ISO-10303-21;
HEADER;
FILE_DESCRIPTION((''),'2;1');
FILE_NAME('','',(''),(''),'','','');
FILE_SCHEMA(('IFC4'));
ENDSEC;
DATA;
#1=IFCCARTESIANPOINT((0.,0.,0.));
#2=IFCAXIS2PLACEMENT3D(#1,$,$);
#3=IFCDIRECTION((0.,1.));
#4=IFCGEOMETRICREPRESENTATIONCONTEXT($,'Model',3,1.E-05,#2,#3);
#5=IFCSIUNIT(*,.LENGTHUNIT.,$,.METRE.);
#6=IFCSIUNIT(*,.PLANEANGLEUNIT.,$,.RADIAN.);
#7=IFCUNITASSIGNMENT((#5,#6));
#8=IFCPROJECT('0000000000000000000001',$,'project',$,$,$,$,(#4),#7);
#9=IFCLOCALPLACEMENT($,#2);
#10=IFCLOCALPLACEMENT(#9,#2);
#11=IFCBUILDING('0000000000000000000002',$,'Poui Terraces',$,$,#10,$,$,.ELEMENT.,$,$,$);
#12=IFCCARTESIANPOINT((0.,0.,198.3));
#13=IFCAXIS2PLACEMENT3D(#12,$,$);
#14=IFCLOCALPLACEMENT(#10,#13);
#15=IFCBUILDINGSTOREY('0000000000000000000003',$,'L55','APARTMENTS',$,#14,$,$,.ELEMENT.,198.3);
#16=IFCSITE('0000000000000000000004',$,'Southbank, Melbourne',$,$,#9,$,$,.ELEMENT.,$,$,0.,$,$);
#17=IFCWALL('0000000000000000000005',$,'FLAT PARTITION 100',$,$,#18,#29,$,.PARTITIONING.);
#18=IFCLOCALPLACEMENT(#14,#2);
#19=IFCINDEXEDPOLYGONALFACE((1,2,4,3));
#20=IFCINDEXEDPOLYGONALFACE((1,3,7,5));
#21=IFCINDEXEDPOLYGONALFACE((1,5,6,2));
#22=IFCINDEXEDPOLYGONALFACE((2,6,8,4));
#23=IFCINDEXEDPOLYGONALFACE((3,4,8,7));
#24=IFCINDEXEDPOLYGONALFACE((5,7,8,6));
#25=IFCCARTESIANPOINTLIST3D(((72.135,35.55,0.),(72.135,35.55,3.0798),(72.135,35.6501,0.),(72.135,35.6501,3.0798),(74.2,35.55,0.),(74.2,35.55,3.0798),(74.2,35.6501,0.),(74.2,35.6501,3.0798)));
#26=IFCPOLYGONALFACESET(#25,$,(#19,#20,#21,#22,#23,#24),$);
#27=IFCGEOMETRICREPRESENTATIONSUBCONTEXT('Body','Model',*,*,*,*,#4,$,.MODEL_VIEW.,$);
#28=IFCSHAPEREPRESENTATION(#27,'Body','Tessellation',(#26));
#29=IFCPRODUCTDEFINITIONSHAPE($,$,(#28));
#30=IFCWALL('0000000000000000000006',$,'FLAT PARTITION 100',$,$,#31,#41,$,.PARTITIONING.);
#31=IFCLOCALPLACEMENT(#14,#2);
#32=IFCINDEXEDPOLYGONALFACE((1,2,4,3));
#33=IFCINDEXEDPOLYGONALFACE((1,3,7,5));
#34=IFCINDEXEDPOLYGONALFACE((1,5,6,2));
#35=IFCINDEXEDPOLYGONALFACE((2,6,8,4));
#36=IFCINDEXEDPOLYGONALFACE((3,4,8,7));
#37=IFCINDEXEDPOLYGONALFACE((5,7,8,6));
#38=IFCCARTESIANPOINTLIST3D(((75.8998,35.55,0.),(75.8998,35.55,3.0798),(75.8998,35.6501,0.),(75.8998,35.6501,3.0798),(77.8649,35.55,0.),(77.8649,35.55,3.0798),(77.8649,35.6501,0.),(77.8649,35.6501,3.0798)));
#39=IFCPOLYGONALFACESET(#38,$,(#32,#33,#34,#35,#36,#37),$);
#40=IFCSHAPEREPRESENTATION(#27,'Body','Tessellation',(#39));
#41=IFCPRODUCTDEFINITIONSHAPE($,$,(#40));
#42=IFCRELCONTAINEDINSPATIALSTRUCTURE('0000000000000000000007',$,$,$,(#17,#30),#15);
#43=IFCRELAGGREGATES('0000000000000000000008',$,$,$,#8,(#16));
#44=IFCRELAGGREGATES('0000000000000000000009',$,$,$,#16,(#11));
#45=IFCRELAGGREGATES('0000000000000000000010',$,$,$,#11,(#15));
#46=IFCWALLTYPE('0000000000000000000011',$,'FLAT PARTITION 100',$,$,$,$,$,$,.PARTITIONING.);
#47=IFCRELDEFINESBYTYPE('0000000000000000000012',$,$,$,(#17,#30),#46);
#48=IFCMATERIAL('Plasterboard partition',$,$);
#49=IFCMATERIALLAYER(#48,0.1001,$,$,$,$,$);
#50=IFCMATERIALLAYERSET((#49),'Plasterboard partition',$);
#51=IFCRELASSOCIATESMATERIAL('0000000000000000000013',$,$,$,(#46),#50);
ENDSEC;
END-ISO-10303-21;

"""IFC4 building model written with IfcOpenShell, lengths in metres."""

from ifc_helpers import new_model, si_unit, direction, frame, frame_2d, origin, place, context, subcontext, project, spatial, rectangle, extrude, material, layer, layer_set, type_object, element, save


model = new_model("IFC4")

# Units and contexts
model_context = context("Model", 3, precision=1e-05, world=origin(), true_north=direction((0.0, 1.0)))
body_context = subcontext(model_context, "Body", "Model", "MODEL_VIEW")
ifc_project = project(units=[si_unit("LENGTHUNIT", "METRE"), si_unit("PLANEANGLEUNIT", "RADIAN")], contexts=[model_context])

# Site, building, storey
site_placement = place(None, origin())
site = spatial("IfcSite", under=ifc_project, at=site_placement, Name="Southbank, Melbourne", CompositionType="ELEMENT", RefElevation=0.0)
building_placement = place(site_placement, origin())
building = spatial("IfcBuilding", under=site, at=building_placement, Name="Poui Terraces", CompositionType="ELEMENT")
storey_placement = place(building_placement, frame((0.0, 0.0, 198.3)))
storey = spatial("IfcBuildingStorey", under=building, at=storey_placement, Name="L55", Description="APARTMENTS", CompositionType="ELEMENT", Elevation=198.3)

# Walls
ifc_material = material(Name="Plasterboard partition")
ifc_layer = layer(ifc_material, 0.1001)
ifc_layer_set = layer_set([ifc_layer], Name="Plasterboard partition")
wall_type = type_object("IfcWallType", Name="FLAT PARTITION 100", PredefinedType="PARTITIONING", material=ifc_layer_set)
wall_1_placement = place(storey_placement, frame((72.135, 35.6001, 0.0), z_axis=(0.0, 0.0, 1.0), x_axis=(1.0, 0.0, 0.0)))
element("IfcWall", 1, at=wall_1_placement, inside=storey, type_object=wall_type, Name="FLAT PARTITION 100", PredefinedType="PARTITIONING", context=body_context, shape_type="SweptSolid", body=[
    extrude(rectangle(XDim=2.0649, YDim=0.1001, at=frame_2d((1.0325, 0.0))), origin(), (0.0, 0.0, 1.0), 3.0798),
])
wall_2_placement = place(storey_placement, frame((75.8999, 35.6001, 0.0), z_axis=(0.0, 0.0, 1.0), x_axis=(1.0, 0.0, 0.0)))
element("IfcWall", 2, at=wall_2_placement, inside=storey, type_object=wall_type, Name="FLAT PARTITION 100", PredefinedType="PARTITIONING", context=body_context, shape_type="SweptSolid", body=[
    extrude(rectangle(XDim=1.9651, YDim=0.1001, at=frame_2d((0.9824, 0.0))), origin(), (0.0, 0.0, 1.0), 3.0798),
])

save(model, "model.ifc")
